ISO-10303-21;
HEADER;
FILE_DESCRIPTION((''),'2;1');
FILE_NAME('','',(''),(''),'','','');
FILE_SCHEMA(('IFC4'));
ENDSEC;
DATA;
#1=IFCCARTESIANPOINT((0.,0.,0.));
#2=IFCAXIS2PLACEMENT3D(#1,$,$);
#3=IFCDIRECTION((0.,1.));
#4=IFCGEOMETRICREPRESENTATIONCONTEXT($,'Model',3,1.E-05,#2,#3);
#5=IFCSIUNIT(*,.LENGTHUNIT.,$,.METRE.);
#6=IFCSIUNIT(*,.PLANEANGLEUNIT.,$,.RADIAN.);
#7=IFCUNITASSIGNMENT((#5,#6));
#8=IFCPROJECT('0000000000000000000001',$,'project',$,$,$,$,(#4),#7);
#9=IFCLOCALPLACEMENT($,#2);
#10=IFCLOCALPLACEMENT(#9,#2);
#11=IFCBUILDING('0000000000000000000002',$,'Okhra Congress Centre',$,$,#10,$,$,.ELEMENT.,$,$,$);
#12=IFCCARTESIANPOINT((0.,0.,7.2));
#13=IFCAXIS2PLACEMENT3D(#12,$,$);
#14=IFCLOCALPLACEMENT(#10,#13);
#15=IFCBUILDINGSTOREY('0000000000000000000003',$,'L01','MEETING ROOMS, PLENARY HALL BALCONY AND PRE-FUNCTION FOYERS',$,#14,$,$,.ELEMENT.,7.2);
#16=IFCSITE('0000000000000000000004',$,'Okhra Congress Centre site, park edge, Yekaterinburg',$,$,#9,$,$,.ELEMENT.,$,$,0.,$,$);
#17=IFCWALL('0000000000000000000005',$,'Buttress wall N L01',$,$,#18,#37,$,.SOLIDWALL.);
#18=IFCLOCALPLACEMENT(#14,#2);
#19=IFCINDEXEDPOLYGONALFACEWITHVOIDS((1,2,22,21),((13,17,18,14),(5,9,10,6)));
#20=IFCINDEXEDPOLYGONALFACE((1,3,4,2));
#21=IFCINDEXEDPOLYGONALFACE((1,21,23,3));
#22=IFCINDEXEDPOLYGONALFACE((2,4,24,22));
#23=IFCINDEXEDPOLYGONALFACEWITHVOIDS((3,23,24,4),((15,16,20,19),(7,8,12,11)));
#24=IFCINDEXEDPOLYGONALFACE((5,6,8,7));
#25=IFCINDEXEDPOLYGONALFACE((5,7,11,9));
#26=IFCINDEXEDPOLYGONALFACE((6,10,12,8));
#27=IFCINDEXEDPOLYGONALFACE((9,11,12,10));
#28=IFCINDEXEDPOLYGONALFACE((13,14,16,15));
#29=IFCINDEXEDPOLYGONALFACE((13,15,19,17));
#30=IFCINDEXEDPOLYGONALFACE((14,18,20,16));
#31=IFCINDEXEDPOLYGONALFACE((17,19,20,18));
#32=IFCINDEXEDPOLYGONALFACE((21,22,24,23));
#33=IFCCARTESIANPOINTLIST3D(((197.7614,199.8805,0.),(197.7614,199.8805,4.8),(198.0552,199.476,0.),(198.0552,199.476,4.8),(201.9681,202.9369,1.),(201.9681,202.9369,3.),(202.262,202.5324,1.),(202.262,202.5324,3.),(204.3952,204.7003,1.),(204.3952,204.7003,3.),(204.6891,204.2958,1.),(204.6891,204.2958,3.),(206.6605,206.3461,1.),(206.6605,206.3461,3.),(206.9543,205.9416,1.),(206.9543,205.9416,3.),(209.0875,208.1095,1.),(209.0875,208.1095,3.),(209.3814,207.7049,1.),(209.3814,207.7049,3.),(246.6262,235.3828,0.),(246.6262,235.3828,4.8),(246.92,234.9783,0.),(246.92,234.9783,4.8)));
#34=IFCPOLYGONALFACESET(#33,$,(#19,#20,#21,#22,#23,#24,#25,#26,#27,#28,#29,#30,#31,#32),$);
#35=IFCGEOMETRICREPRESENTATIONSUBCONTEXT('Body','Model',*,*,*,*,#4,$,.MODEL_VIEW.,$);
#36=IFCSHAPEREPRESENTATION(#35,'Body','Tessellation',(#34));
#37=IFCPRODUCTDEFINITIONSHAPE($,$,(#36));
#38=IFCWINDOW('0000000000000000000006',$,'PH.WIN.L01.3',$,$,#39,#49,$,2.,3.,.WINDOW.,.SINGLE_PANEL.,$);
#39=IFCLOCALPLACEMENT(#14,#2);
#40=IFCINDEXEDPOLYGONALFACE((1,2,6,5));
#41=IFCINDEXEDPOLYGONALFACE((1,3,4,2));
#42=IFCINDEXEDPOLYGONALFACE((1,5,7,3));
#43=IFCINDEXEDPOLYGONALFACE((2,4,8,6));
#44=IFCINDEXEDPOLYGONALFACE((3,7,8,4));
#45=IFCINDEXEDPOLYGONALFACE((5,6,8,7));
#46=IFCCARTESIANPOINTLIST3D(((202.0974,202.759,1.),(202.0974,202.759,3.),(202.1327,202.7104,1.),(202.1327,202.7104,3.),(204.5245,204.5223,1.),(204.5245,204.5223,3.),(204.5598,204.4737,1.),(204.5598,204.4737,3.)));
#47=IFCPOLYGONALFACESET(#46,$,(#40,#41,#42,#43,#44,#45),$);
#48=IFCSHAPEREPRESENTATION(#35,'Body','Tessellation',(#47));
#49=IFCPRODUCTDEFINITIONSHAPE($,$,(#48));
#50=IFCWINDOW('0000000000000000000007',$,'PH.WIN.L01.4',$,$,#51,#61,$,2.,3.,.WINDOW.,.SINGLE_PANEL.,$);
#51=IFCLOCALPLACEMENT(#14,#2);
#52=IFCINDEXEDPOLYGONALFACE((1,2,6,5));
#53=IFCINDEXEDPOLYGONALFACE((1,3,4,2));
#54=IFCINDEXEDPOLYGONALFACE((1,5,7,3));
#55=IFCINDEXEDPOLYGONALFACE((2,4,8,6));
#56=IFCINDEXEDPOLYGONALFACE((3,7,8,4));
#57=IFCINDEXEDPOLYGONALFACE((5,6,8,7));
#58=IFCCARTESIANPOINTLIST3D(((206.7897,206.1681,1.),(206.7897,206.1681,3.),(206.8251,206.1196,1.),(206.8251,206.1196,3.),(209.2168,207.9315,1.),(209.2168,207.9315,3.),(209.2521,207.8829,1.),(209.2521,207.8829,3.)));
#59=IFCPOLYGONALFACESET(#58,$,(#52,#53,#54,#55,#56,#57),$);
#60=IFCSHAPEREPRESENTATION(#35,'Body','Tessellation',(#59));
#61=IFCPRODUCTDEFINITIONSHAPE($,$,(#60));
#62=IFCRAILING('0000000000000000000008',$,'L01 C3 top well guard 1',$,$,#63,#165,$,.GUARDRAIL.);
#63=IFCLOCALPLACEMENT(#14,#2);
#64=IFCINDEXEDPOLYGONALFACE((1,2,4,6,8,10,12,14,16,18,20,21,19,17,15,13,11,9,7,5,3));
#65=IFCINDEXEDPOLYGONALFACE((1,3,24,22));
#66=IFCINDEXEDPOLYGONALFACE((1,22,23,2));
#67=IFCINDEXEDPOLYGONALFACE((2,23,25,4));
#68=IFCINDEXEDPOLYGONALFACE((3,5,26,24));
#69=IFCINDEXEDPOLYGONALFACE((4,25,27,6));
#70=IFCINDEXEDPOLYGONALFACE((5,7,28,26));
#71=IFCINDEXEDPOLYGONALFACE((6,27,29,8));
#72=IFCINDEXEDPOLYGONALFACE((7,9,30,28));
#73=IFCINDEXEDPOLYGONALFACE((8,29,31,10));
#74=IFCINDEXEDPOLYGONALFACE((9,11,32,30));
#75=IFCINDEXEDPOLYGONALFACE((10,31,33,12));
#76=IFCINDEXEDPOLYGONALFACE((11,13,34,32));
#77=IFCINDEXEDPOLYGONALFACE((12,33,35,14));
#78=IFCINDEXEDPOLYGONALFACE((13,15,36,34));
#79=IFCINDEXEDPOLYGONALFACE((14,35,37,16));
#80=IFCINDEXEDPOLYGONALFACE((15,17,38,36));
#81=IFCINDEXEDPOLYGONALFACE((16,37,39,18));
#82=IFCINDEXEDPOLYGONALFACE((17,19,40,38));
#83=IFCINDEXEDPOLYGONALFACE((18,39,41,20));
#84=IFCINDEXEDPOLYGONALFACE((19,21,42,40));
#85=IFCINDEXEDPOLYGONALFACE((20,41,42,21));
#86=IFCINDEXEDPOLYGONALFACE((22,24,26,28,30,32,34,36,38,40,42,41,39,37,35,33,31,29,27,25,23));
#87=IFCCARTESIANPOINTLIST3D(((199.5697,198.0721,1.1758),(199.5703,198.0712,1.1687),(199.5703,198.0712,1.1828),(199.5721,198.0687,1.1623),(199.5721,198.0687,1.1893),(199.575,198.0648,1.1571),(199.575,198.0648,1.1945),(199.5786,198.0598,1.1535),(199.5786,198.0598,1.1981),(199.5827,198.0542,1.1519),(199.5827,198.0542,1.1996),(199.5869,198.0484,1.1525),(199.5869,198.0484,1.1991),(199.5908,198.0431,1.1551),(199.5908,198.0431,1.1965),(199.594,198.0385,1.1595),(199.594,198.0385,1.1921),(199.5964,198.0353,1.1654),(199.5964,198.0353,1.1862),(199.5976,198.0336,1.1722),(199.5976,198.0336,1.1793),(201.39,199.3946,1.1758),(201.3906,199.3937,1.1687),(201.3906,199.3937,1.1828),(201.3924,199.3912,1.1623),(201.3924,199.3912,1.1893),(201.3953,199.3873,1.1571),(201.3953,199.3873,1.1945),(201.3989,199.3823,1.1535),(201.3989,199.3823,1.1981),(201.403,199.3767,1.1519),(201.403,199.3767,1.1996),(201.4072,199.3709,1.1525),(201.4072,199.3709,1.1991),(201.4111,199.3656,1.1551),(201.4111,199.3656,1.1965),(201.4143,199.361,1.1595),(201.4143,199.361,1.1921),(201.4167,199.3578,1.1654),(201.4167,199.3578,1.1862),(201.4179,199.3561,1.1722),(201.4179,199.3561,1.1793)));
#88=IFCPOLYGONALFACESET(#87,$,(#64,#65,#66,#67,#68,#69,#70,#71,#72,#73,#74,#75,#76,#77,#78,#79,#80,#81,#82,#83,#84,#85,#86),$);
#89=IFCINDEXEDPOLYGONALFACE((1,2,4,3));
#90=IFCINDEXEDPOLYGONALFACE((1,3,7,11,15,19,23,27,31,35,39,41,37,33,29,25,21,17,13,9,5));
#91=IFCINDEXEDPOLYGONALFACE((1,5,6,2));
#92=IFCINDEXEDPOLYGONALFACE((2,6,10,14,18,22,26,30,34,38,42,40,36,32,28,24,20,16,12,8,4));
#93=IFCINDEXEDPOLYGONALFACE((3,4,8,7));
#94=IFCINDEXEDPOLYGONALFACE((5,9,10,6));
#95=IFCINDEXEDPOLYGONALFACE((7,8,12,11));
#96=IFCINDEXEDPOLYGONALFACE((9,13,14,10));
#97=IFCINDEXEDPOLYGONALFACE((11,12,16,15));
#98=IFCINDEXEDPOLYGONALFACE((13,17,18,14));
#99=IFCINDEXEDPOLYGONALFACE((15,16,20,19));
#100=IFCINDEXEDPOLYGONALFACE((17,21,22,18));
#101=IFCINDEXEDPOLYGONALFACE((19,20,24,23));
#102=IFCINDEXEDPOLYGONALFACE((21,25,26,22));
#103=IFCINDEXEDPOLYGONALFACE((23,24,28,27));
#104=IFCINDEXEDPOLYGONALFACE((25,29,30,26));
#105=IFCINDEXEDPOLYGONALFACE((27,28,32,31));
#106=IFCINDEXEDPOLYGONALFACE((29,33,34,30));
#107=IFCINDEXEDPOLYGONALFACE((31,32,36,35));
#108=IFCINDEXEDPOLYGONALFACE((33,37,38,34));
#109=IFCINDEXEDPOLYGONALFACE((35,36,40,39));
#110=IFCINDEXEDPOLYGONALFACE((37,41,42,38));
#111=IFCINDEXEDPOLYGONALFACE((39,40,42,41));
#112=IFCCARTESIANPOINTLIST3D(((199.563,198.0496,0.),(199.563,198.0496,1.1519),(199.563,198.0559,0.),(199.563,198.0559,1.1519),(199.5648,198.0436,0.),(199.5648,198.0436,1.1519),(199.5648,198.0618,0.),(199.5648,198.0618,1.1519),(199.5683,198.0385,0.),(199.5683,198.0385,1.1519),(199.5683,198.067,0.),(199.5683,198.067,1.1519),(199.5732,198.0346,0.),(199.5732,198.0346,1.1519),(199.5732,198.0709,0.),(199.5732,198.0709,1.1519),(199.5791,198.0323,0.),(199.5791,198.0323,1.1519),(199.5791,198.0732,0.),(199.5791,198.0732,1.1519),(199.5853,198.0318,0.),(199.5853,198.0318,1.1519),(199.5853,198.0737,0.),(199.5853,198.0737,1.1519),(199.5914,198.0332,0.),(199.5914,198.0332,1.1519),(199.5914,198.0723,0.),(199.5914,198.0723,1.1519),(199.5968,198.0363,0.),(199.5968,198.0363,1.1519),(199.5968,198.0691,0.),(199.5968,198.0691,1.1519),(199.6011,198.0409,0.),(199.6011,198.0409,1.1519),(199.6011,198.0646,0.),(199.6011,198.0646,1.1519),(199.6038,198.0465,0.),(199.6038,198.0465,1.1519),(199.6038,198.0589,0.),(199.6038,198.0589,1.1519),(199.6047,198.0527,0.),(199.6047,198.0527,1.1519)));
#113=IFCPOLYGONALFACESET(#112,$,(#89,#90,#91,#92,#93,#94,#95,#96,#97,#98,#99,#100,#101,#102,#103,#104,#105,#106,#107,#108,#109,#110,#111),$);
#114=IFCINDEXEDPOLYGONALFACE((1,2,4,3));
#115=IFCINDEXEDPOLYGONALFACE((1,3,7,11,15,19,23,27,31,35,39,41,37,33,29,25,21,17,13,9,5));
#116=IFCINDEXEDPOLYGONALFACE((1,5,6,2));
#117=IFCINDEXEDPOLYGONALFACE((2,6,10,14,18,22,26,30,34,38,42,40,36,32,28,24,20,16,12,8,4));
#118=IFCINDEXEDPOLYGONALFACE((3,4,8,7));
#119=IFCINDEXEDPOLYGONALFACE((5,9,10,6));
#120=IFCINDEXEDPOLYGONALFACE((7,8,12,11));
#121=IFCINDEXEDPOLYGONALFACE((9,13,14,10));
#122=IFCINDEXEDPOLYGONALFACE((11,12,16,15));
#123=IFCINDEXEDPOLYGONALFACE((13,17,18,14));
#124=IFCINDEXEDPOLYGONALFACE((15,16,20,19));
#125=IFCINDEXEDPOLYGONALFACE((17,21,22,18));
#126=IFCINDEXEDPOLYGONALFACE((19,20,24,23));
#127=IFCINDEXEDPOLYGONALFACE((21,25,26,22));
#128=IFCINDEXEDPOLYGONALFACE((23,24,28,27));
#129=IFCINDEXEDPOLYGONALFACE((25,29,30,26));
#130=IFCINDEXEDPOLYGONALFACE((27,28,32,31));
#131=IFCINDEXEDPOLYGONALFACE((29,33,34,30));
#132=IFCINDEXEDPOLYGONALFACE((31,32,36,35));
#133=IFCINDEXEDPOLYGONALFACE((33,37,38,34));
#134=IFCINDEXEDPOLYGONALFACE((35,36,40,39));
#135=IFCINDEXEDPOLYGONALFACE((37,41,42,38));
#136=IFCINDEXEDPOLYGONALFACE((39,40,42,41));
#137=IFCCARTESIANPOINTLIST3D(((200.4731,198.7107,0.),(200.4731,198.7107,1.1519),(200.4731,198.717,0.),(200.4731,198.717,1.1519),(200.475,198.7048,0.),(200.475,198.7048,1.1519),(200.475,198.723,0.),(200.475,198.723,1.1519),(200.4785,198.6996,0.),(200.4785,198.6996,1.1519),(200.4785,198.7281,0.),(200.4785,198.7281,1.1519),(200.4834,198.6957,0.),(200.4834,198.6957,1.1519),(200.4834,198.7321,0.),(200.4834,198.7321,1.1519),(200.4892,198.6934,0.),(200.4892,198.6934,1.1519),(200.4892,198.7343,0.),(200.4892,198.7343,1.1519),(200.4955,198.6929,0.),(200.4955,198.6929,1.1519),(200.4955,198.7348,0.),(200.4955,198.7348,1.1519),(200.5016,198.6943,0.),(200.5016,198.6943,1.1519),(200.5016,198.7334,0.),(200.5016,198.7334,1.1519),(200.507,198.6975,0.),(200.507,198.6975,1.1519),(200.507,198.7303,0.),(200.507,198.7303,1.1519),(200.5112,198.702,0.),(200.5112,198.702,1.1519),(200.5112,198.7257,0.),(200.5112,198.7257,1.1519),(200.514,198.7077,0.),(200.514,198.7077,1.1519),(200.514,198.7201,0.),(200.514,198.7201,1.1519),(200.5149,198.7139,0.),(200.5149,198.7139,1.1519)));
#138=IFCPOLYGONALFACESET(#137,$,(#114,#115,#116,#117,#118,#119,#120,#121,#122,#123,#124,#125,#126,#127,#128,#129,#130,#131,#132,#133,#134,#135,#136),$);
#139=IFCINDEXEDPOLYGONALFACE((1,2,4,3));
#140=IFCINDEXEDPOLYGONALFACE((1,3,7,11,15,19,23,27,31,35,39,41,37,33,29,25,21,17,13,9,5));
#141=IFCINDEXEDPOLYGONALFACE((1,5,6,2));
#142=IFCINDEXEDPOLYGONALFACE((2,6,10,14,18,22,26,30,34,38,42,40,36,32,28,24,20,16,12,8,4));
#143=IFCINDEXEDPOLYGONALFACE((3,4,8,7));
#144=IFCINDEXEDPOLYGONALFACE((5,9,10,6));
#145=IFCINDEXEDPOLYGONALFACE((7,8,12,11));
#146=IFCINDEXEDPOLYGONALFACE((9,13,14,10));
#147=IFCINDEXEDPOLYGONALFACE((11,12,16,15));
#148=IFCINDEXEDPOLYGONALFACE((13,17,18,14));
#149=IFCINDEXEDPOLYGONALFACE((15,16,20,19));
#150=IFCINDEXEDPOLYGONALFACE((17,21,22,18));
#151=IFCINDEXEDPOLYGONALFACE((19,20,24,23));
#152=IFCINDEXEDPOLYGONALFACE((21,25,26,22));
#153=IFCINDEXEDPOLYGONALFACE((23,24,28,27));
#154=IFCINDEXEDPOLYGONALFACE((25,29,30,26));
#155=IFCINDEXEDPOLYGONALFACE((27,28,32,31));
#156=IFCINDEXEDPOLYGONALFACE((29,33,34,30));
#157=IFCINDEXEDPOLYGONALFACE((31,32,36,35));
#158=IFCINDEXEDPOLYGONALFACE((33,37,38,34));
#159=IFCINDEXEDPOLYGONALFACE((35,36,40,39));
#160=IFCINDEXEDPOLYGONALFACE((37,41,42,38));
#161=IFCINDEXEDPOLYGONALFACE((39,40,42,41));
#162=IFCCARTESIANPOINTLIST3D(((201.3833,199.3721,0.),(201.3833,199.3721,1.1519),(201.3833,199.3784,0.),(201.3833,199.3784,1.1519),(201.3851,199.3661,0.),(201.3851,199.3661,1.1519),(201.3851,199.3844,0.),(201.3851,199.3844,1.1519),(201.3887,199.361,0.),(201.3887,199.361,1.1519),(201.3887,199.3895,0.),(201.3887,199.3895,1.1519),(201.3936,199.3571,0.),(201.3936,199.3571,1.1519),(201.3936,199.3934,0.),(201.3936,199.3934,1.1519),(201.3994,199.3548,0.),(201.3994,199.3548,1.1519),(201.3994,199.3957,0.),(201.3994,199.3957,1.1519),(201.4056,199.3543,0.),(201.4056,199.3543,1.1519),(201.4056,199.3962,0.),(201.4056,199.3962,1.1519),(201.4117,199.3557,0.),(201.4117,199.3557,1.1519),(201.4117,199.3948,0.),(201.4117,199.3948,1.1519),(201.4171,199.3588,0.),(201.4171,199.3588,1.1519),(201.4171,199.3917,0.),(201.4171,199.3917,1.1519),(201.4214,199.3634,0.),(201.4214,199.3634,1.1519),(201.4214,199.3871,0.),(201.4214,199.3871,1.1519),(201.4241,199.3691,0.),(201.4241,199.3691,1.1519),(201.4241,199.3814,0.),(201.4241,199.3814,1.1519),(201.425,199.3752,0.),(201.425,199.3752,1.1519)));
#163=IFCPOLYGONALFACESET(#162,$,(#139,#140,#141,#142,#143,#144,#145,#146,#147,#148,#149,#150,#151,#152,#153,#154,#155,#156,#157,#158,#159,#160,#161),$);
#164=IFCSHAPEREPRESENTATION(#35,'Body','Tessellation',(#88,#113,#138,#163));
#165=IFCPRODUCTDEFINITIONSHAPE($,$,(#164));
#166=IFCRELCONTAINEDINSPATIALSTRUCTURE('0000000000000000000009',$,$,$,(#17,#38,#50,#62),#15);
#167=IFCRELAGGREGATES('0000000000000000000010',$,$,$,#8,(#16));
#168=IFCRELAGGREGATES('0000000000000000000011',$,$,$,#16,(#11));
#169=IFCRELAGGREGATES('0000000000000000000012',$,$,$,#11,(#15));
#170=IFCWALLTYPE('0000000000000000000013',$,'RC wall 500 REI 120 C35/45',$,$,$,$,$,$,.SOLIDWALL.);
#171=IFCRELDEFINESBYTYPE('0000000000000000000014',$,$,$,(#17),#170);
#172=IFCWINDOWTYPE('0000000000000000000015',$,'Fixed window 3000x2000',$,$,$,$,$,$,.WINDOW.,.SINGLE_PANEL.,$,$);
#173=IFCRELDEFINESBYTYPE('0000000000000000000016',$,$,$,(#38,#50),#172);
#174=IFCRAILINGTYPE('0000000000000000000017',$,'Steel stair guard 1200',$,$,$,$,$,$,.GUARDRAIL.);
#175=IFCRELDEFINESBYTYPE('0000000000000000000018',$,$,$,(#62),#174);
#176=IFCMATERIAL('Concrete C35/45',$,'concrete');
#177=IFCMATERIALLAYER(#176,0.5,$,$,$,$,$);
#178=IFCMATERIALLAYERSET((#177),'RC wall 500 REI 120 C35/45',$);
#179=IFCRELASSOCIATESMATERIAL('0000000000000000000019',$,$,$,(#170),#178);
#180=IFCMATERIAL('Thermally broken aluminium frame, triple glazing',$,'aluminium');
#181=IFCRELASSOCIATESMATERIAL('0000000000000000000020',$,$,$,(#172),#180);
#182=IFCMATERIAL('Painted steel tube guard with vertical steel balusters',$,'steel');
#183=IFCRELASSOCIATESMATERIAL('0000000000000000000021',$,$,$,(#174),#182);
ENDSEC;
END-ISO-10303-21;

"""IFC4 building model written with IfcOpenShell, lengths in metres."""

from ifc_helpers import new_model, si_unit, direction, frame, frame_2d, origin, origin_2d, place, context, subcontext, project, spatial, rectangle, circle, extrude, material, layer, layer_set, type_object, element, fill, save


model = new_model("IFC4")

# Units and contexts
model_context = context("Model", 3, precision=1e-05, world=origin(), true_north=direction((0.0, 1.0)))
body_context = subcontext(model_context, "Body", "Model", "MODEL_VIEW")
ifc_project = project(units=[si_unit("LENGTHUNIT", "METRE"), si_unit("PLANEANGLEUNIT", "RADIAN")], contexts=[model_context])

# Site, building, storey
site_placement = place(None, origin())
site = spatial("IfcSite", under=ifc_project, at=site_placement, Name="Okhra Congress Centre site, park edge, Yekaterinburg", CompositionType="ELEMENT", RefElevation=0.0)
building_placement = place(site_placement, origin())
building = spatial("IfcBuilding", under=site, at=building_placement, Name="Okhra Congress Centre", CompositionType="ELEMENT")
storey_placement = place(building_placement, frame((0.0, 0.0, 7.2)))
storey = spatial("IfcBuildingStorey", under=building, at=storey_placement, Name="L01", Description="MEETING ROOMS, PLENARY HALL BALCONY AND PRE-FUNCTION FOYERS", CompositionType="ELEMENT", Elevation=7.2)

# Shared definitions
ifc_material_1 = material(Name="Concrete C35/45", Category="concrete")

# Wall, openings, windows
ifc_layer_1 = layer(ifc_material_1, 0.5)
ifc_layer_set_1 = layer_set([ifc_layer_1], Name="RC wall 500 REI 120 C35/45")
wall_type_1 = type_object("IfcWallType", Name="RC wall 500 REI 120 C35/45", PredefinedType="SOLIDWALL", material=ifc_layer_set_1)
wall_1_placement = place(storey_placement, frame((197.9082, 199.6782, 0.0), z_axis=(0.0, 0.0, 1.0), x_axis=(0.809018, 0.587784, 0.0)))
wall_1 = element("IfcWall", 1, at=wall_1_placement, inside=storey, type_object=wall_type_1, Name="Buttress wall N L01", PredefinedType="SOLIDWALL", context=body_context, shape_type="SweptSolid", body=[
    extrude(rectangle(XDim=60.4001, YDim=0.5, at=frame_2d((30.2002, 0.0))), origin(), (0.0, 0.0, 1.0), 4.8),
])
opening_1_placement = place(wall_1_placement, frame((5.2, 0.0, 1.0)))
opening_1 = element("IfcOpeningElement", 2, at=opening_1_placement, cuts=wall_1, PredefinedType="OPENING", context=body_context, shape_type="SweptSolid", body=[
    extrude(rectangle(XDim=3.0, YDim=2.0, at=frame_2d((1.5, 1.0))), frame((0.0, 0.26, 0.0), z_axis=(0.0, -1.0, 0.0), x_axis=(1.0, 0.0, 0.0)), (0.0, 0.0, 1.0), 0.52),
])
opening_2_placement = place(wall_1_placement, frame((11.0, 0.0, 1.0)))
opening_2 = element("IfcOpeningElement", 3, at=opening_2_placement, cuts=wall_1, PredefinedType="OPENING", context=body_context, shape_type="SweptSolid", body=[
    extrude(rectangle(XDim=3.0, YDim=2.0, at=frame_2d((1.5, 1.0))), frame((0.0, 0.26, 0.0), z_axis=(0.0, -1.0, 0.0), x_axis=(1.0, 0.0, 0.0)), (0.0, 0.0, 1.0), 0.52),
])
ifc_material_2 = material(Name="Thermally broken aluminium frame, triple glazing", Category="aluminium")
window_type = type_object("IfcWindowType", Name="Fixed window 3000x2000", PartitioningType="SINGLE_PANEL", PredefinedType="WINDOW", material=ifc_material_2)
window_1_placement = place(opening_1_placement, origin())
window_1 = element("IfcWindow", 4, at=window_1_placement, inside=storey, type_object=window_type, Name="PH.WIN.L01.3", OverallHeight=2.0, OverallWidth=3.0, PartitioningType="SINGLE_PANEL", PredefinedType="WINDOW", context=body_context, shape_type="SweptSolid", body=[
    extrude(rectangle(XDim=3.0, YDim=2.0, at=frame_2d((1.5, 1.0))), frame((0.0, 0.03, 0.0), z_axis=(0.0, -1.0, 0.0), x_axis=(1.0, 0.0, 0.0)), (0.0, 0.0, 1.0), 0.0601),
])
fill(opening_1, window_1)
window_2_placement = place(opening_2_placement, origin())
window_2 = element("IfcWindow", 5, at=window_2_placement, inside=storey, type_object=window_type, Name="PH.WIN.L01.4", OverallHeight=2.0, OverallWidth=3.0, PartitioningType="SINGLE_PANEL", PredefinedType="WINDOW", context=body_context, shape_type="SweptSolid", body=[
    extrude(rectangle(XDim=3.0, YDim=2.0, at=frame_2d((1.5, 1.0))), frame((0.0, 0.03, 0.0), z_axis=(0.0, -1.0, 0.0), x_axis=(1.0, 0.0, 0.0)), (0.0, 0.0, 1.0), 0.0601),
])
fill(opening_2, window_2)

# Railing
ifc_material_3 = material(Name="Painted steel tube guard with vertical steel balusters", Category="steel")
railing_type_1 = type_object("IfcRailingType", Name="Steel stair guard 1200", PredefinedType="GUARDRAIL", material=ifc_material_3)
railing_1_placement = place(storey_placement, frame((199.5837, 198.0527, 0.0)))
element("IfcRailing", 6, at=railing_1_placement, inside=storey, type_object=railing_type_1, Name="L01 C3 top well guard 1", PredefinedType="GUARDRAIL", context=body_context, shape_type="SweptSolid", body=[
    extrude(circle(Radius=0.0239, at=origin_2d()), frame((0.0, 0.0, 1.1758), z_axis=(0.809022, 0.587778, 0.0), x_axis=(-0.587778, 0.809022, 0.0)), (0.0, 0.0, 1.0), 2.25),
    extrude(circle(Radius=0.021, at=origin_2d()), origin(), (0.0, 0.0, 1.0), 1.1519),
    extrude(circle(Radius=0.021, at=origin_2d()), frame((0.9102, 0.6611, 0.0)), (0.0, 0.0, 1.0), 1.1519),
    extrude(circle(Radius=0.021, at=origin_2d()), frame((1.8203, 1.3225, 0.0)), (0.0, 0.0, 1.0), 1.1519),
])

save(model, "model.ifc")
